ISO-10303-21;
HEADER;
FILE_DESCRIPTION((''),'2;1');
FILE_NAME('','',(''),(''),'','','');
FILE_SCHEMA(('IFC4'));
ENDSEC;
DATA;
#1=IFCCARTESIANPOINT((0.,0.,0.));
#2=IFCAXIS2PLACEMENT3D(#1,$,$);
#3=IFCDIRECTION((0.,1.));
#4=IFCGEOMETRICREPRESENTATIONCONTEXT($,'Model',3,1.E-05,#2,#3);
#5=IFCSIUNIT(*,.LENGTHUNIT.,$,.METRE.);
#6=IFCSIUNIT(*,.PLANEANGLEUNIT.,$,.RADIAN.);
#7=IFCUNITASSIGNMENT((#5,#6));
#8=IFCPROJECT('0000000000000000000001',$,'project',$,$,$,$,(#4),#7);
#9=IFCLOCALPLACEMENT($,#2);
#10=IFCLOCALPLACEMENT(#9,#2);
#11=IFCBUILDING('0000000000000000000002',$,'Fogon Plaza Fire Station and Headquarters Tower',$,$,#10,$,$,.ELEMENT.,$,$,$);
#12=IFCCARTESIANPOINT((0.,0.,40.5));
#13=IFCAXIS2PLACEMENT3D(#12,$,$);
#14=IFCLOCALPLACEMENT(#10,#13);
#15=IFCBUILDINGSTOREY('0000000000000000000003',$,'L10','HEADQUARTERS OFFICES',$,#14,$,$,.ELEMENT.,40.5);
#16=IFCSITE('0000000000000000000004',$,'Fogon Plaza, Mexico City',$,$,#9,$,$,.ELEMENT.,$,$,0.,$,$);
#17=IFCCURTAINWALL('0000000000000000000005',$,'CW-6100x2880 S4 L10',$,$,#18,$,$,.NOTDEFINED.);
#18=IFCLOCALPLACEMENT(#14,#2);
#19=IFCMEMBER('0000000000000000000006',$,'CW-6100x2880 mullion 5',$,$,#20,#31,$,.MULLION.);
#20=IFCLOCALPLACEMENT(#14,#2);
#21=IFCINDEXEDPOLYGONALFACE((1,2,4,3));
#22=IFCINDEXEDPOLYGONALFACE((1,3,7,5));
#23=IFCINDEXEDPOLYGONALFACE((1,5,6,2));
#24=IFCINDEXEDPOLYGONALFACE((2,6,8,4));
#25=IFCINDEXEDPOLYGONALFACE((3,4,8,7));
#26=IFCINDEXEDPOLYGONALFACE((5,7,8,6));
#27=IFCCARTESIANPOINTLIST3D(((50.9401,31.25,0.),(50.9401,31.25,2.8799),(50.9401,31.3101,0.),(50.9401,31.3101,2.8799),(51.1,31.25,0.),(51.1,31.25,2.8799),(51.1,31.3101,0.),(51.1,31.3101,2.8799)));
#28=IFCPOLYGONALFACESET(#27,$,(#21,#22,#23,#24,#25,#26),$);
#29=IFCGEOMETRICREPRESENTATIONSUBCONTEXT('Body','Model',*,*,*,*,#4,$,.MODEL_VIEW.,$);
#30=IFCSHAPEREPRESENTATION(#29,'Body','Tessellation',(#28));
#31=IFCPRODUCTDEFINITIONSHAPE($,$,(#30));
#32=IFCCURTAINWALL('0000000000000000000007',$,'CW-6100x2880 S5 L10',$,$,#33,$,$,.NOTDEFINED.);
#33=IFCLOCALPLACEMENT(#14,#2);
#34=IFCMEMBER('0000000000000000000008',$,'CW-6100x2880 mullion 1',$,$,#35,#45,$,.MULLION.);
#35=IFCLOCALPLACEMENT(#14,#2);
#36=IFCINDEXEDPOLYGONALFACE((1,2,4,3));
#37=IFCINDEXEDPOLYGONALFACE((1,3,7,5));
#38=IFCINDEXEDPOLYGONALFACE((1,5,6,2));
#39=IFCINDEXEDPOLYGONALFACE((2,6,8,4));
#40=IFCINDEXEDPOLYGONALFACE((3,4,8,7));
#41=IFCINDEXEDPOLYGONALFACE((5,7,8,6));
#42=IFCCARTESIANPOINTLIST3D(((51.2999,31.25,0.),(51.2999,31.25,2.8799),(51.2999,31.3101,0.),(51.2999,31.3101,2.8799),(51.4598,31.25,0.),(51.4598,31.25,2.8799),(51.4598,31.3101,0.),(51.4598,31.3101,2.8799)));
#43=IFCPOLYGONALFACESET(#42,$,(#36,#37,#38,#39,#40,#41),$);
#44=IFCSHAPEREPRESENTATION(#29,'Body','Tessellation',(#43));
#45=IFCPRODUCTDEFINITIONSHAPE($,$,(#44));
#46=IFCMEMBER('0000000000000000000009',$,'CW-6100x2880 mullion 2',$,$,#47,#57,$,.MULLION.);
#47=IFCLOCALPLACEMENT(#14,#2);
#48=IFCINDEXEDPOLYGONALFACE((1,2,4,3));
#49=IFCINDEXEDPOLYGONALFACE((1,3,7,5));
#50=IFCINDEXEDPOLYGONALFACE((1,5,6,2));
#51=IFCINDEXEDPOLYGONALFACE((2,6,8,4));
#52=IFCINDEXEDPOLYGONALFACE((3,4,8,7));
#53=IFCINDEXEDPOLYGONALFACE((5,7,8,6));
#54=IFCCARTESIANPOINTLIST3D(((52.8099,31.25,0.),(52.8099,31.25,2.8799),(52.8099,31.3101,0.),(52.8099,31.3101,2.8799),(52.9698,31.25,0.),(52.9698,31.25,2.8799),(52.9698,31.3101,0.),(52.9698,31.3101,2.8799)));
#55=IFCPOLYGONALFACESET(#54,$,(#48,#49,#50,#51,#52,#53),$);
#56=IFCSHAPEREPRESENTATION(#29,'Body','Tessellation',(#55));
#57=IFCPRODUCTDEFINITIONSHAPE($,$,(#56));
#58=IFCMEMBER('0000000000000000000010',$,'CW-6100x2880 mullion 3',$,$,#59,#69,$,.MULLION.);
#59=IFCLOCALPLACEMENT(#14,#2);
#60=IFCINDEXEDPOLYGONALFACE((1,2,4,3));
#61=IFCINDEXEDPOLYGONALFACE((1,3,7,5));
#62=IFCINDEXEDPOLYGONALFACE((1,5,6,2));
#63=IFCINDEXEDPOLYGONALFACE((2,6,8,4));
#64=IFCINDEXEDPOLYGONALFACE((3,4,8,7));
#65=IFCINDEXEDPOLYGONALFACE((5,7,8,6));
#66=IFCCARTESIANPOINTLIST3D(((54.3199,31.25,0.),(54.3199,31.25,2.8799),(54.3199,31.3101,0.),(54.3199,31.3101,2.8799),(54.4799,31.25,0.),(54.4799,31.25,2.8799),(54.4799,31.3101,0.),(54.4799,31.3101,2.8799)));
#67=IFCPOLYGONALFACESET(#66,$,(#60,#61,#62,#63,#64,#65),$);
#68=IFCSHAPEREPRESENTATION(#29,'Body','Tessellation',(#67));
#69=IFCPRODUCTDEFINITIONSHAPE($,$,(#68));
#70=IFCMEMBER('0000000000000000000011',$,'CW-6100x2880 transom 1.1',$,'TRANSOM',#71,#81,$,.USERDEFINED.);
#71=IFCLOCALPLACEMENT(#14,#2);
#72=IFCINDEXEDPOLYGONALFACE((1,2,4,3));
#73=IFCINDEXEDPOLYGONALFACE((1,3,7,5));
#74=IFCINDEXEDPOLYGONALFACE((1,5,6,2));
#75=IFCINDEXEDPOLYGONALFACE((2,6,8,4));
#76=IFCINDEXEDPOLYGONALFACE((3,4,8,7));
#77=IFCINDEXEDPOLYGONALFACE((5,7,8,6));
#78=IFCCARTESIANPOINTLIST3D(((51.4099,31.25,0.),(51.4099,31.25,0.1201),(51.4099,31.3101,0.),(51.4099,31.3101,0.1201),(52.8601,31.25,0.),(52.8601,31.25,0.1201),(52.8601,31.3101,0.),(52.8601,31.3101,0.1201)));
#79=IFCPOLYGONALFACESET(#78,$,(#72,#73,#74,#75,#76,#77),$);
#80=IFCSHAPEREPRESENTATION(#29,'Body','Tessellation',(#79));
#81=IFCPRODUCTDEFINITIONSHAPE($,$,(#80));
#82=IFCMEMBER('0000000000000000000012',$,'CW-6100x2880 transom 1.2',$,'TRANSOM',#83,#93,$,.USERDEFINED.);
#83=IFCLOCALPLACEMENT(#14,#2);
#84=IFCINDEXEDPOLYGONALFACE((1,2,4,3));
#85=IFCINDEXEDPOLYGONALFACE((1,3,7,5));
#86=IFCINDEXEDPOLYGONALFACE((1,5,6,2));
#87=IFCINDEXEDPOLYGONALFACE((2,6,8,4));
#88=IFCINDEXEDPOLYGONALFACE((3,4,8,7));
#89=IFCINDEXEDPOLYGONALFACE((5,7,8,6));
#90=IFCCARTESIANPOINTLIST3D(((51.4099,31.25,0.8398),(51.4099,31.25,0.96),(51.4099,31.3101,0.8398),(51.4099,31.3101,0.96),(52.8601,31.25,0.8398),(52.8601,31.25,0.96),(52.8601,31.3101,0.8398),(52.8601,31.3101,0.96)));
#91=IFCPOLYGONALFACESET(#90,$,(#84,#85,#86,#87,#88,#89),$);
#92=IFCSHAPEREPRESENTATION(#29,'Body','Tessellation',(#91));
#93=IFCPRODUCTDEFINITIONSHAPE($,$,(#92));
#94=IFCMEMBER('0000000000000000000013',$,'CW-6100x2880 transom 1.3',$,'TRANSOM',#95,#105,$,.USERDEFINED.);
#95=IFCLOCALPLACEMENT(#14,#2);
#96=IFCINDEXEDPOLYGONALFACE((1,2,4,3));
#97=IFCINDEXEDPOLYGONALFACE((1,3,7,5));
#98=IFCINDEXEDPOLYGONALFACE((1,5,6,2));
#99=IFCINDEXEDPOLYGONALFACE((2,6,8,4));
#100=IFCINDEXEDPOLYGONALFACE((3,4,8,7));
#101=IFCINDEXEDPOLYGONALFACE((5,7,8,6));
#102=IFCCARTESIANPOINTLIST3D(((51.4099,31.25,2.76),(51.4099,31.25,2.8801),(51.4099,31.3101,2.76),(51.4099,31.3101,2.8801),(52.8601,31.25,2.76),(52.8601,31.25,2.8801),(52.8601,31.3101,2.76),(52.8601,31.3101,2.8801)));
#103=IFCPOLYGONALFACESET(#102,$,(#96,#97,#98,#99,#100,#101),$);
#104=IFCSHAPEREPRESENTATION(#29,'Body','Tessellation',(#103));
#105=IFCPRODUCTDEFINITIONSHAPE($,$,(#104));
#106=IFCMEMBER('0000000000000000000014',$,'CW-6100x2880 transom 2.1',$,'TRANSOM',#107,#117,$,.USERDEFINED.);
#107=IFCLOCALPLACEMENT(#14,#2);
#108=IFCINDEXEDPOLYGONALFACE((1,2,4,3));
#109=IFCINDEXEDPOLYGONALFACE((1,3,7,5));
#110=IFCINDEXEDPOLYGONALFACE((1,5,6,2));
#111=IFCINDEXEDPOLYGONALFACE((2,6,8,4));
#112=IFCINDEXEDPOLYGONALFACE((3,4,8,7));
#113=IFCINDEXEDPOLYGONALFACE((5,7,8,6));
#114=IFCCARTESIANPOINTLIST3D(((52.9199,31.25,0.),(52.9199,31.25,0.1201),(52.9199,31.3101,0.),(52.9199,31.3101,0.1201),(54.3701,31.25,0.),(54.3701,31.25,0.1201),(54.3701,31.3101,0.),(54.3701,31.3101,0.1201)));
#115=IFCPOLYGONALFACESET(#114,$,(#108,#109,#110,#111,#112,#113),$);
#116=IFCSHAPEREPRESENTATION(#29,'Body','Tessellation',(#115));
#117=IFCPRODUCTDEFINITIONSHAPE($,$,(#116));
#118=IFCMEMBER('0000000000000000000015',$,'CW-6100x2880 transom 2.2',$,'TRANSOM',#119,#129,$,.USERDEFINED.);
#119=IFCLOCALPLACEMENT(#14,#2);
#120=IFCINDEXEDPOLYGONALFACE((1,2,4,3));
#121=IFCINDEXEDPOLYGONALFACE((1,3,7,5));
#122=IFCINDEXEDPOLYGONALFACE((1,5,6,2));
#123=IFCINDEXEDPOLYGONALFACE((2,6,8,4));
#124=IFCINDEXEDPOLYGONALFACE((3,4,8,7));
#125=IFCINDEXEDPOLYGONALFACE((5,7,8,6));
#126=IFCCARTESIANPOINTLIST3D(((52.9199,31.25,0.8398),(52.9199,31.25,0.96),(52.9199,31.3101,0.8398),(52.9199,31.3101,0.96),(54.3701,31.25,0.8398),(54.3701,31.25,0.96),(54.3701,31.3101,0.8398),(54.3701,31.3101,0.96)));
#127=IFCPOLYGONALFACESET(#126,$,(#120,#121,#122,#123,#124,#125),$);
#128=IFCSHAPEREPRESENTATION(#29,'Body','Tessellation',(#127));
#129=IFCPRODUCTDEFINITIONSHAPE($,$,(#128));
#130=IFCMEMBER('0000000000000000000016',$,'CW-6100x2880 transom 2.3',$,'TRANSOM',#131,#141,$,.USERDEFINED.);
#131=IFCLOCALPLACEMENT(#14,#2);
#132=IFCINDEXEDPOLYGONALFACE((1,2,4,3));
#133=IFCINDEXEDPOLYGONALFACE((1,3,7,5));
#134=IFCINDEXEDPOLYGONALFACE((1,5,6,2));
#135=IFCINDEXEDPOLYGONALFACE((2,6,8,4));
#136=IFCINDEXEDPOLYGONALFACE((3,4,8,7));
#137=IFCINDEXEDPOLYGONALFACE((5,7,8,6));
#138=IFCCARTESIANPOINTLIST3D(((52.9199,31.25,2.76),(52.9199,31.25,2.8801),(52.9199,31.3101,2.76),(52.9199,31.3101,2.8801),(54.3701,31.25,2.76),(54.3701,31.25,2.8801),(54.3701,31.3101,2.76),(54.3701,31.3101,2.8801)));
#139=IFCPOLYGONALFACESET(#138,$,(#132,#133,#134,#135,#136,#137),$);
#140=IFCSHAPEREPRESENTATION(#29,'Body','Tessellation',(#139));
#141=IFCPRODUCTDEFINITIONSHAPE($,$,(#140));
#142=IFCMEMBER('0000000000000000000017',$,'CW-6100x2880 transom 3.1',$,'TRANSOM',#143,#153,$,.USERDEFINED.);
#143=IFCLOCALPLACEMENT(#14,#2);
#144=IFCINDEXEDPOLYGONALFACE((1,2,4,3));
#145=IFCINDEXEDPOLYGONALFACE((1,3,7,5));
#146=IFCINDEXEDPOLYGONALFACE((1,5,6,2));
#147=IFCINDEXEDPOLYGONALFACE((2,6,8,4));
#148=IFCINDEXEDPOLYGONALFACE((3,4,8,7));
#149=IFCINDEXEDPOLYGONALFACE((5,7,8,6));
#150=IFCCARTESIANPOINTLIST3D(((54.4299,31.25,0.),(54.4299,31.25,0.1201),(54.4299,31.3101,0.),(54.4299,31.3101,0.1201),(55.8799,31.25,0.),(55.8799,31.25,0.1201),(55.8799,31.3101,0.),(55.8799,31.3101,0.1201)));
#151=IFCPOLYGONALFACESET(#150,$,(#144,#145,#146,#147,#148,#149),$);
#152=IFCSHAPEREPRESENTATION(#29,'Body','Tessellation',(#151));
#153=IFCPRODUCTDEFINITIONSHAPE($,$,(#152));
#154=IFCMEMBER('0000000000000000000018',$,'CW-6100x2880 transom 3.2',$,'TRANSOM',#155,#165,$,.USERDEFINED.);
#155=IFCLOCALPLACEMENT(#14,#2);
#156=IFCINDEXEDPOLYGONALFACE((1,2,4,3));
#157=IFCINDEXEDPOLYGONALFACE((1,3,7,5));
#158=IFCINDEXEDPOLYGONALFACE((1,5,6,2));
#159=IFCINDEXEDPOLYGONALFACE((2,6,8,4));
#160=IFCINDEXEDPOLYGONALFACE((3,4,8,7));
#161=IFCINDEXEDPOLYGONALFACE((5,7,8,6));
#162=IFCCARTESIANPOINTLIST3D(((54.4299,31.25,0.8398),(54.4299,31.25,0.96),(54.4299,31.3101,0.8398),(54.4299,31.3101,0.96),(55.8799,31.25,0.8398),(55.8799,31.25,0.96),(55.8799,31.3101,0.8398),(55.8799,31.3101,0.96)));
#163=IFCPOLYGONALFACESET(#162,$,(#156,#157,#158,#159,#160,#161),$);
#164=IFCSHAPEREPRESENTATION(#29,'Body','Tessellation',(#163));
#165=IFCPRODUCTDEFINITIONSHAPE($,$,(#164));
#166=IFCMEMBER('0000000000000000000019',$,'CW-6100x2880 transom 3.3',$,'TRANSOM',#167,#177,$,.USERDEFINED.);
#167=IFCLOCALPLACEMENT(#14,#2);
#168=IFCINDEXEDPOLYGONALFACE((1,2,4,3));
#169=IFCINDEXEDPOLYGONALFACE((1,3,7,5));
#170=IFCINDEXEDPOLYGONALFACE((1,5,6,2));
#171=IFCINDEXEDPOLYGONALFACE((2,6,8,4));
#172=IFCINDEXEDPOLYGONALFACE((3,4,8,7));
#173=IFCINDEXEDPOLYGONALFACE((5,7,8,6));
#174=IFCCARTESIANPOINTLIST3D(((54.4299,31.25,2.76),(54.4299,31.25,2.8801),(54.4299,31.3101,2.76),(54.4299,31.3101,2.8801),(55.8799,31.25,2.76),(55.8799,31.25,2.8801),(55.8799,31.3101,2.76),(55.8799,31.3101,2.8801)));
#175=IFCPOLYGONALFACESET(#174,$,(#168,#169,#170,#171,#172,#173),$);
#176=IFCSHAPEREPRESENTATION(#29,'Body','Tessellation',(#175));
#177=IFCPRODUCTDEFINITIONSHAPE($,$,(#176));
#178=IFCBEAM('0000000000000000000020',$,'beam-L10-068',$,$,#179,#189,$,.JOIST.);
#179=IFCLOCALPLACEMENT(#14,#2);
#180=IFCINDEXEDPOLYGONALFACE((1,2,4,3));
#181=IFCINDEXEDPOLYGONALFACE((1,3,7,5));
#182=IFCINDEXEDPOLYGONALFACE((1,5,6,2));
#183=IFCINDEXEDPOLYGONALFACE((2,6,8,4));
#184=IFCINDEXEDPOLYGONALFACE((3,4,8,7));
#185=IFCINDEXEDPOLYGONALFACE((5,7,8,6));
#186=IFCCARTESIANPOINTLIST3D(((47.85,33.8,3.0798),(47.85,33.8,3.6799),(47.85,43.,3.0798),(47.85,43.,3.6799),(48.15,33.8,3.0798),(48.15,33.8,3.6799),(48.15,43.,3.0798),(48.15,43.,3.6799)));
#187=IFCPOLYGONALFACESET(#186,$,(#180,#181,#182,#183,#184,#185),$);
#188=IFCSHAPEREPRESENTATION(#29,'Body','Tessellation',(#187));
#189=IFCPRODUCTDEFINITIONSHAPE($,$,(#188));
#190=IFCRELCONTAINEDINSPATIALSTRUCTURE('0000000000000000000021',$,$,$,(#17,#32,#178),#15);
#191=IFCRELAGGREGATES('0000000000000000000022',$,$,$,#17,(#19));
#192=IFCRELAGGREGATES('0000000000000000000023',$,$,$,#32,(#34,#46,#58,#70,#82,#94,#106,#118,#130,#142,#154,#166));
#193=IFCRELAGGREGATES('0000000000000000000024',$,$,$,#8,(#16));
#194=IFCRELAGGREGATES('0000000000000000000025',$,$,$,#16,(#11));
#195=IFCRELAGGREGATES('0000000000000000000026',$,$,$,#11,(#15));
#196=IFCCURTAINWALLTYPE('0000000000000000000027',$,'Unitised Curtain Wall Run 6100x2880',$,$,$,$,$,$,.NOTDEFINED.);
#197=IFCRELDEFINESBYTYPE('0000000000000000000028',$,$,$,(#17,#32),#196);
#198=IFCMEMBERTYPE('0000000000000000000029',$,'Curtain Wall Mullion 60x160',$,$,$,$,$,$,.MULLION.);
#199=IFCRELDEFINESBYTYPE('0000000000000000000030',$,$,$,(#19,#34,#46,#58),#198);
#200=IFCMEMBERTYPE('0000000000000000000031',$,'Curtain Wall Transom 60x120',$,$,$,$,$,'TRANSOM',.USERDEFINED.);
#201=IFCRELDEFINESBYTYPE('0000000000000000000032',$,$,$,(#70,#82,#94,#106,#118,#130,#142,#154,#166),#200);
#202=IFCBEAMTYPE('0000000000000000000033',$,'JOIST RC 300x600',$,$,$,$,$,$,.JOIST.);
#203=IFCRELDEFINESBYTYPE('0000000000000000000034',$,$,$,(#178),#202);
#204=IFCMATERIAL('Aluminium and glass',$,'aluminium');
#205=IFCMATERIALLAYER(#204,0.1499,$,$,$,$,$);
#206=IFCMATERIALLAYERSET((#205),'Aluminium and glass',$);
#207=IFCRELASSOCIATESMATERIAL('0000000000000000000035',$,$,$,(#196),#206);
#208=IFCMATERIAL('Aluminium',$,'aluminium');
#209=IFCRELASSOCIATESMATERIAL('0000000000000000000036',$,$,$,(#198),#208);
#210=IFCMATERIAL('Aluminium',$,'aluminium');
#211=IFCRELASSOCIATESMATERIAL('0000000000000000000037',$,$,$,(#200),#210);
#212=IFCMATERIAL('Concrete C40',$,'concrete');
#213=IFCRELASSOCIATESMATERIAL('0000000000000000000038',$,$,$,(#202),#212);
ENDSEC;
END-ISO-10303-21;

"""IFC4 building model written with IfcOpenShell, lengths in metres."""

from ifc_helpers import new_model, si_unit, direction, frame, origin, origin_2d, place, context, subcontext, project, spatial, rectangle, extrude, material, layer, layer_set, material_profile, profile_set, type_object, element, aggregate, save


model = new_model("IFC4")

# Units and contexts
model_context = context("Model", 3, precision=1e-05, world=origin(), true_north=direction((0.0, 1.0)))
body_context = subcontext(model_context, "Body", "Model", "MODEL_VIEW")
ifc_project = project(units=[si_unit("LENGTHUNIT", "METRE"), si_unit("PLANEANGLEUNIT", "RADIAN")], contexts=[model_context])

# Site, building, storey
site_placement = place(None, origin())
site = spatial("IfcSite", under=ifc_project, at=site_placement, Name="Fogon Plaza, Mexico City", CompositionType="ELEMENT", RefElevation=0.0)
building_placement = place(site_placement, origin())
building = spatial("IfcBuilding", under=site, at=building_placement, Name="Fogon Plaza Fire Station and Headquarters Tower", CompositionType="ELEMENT")
storey_placement = place(building_placement, frame((0.0, 0.0, 40.5)))
storey = spatial("IfcBuildingStorey", under=building, at=storey_placement, Name="L10", Description="HEADQUARTERS OFFICES", CompositionType="ELEMENT", Elevation=40.5)

# Curtain wall, member
ifc_material_1 = material(Name="Aluminium and glass", Category="aluminium")
ifc_layer_1 = layer(ifc_material_1, 0.1499)
ifc_layer_set_1 = layer_set([ifc_layer_1], Name="Aluminium and glass")
curtain_wall_type = type_object("IfcCurtainWallType", Name="Unitised Curtain Wall Run 6100x2880", PredefinedType="NOTDEFINED", material=ifc_layer_set_1)
curtain_wall_1_placement = place(storey_placement, origin())
curtain_wall_1 = element("IfcCurtainWall", 1, at=curtain_wall_1_placement, inside=storey, type_object=curtain_wall_type, Name="CW-6100x2880 S4 L10", PredefinedType="NOTDEFINED")
ifc_material_2 = material(Name="Aluminium", Category="aluminium")
ifc_material_profile_1 = material_profile(ifc_material_2, rectangle(XDim=0.0601, YDim=0.1599, at=origin_2d()), Name="Curtain Wall Mullion 60x160")
ifc_profile_set_1 = profile_set([ifc_material_profile_1], Name="Aluminium")
member_type_1 = type_object("IfcMemberType", Name="Curtain Wall Mullion 60x160", PredefinedType="MULLION", material=ifc_profile_set_1)
member_1_placement = place(storey_placement, frame((51.02, 31.28, 0.0), z_axis=(0.0, 0.0, 1.0), x_axis=(0.0, 1.0, 0.0)))
member_1 = element("IfcMember", 2, at=member_1_placement, type_object=member_type_1, Name="CW-6100x2880 mullion 5", PredefinedType="MULLION", context=body_context, shape_type="SweptSolid", body=[
    extrude(rectangle(XDim=0.0601, YDim=0.1599, at=origin_2d()), origin(), (0.0, 0.0, 1.0), 2.8799),
])

# Curtain wall, members
curtain_wall_2_placement = place(storey_placement, origin())
curtain_wall_2 = element("IfcCurtainWall", 3, at=curtain_wall_2_placement, inside=storey, type_object=curtain_wall_type, Name="CW-6100x2880 S5 L10", PredefinedType="NOTDEFINED")
member_2_placement = place(storey_placement, frame((51.3799, 31.28, 0.0), z_axis=(0.0, 0.0, 1.0), x_axis=(0.0, 1.0, 0.0)))
member_2 = element("IfcMember", 4, at=member_2_placement, type_object=member_type_1, Name="CW-6100x2880 mullion 1", PredefinedType="MULLION", context=body_context, shape_type="SweptSolid", body=[
    extrude(rectangle(XDim=0.0601, YDim=0.1599, at=origin_2d()), origin(), (0.0, 0.0, 1.0), 2.8799),
])
member_3_placement = place(storey_placement, frame((52.8899, 31.28, 0.0), z_axis=(0.0, 0.0, 1.0), x_axis=(0.0, 1.0, 0.0)))
member_3 = element("IfcMember", 5, at=member_3_placement, type_object=member_type_1, Name="CW-6100x2880 mullion 2", PredefinedType="MULLION", context=body_context, shape_type="SweptSolid", body=[
    extrude(rectangle(XDim=0.0601, YDim=0.1599, at=origin_2d()), origin(), (0.0, 0.0, 1.0), 2.8799),
])
member_4_placement = place(storey_placement, frame((54.3999, 31.28, 0.0), z_axis=(0.0, 0.0, 1.0), x_axis=(0.0, 1.0, 0.0)))
member_4 = element("IfcMember", 6, at=member_4_placement, type_object=member_type_1, Name="CW-6100x2880 mullion 3", PredefinedType="MULLION", context=body_context, shape_type="SweptSolid", body=[
    extrude(rectangle(XDim=0.0601, YDim=0.1599, at=origin_2d()), origin(), (0.0, 0.0, 1.0), 2.8799),
])
ifc_material_3 = material(Name="Aluminium", Category="aluminium")
ifc_material_profile_2 = material_profile(ifc_material_3, rectangle(XDim=0.0601, YDim=0.1201, at=origin_2d()), Name="Curtain Wall Transom 60x120")
ifc_profile_set_2 = profile_set([ifc_material_profile_2], Name="Aluminium")
member_type_2 = type_object("IfcMemberType", Name="Curtain Wall Transom 60x120", ElementType="TRANSOM", PredefinedType="USERDEFINED", material=ifc_profile_set_2)
member_5_placement = place(storey_placement, frame((51.4099, 31.28, 0.0601), z_axis=(1.0, 0.0, 0.0), x_axis=(0.0, 1.0, 0.0)))
member_5 = element("IfcMember", 7, at=member_5_placement, type_object=member_type_2, Name="CW-6100x2880 transom 1.1", ObjectType="TRANSOM", PredefinedType="USERDEFINED", context=body_context, shape_type="SweptSolid", body=[
    extrude(rectangle(XDim=0.0601, YDim=0.1201, at=origin_2d()), origin(), (0.0, 0.0, 1.0), 1.4502),
])
member_6_placement = place(storey_placement, frame((51.4099, 31.28, 0.8999), z_axis=(1.0, 0.0, 0.0), x_axis=(0.0, 1.0, 0.0)))
member_6 = element("IfcMember", 8, at=member_6_placement, type_object=member_type_2, Name="CW-6100x2880 transom 1.2", ObjectType="TRANSOM", PredefinedType="USERDEFINED", context=body_context, shape_type="SweptSolid", body=[
    extrude(rectangle(XDim=0.0601, YDim=0.1201, at=origin_2d()), origin(), (0.0, 0.0, 1.0), 1.4502),
])
member_7_placement = place(storey_placement, frame((51.4099, 31.28, 2.8201), z_axis=(1.0, 0.0, 0.0), x_axis=(0.0, 1.0, 0.0)))
member_7 = element("IfcMember", 9, at=member_7_placement, type_object=member_type_2, Name="CW-6100x2880 transom 1.3", ObjectType="TRANSOM", PredefinedType="USERDEFINED", context=body_context, shape_type="SweptSolid", body=[
    extrude(rectangle(XDim=0.0601, YDim=0.1201, at=origin_2d()), origin(), (0.0, 0.0, 1.0), 1.4502),
])
member_8_placement = place(storey_placement, frame((52.9199, 31.28, 0.0601), z_axis=(1.0, 0.0, 0.0), x_axis=(0.0, 1.0, 0.0)))
member_8 = element("IfcMember", 10, at=member_8_placement, type_object=member_type_2, Name="CW-6100x2880 transom 2.1", ObjectType="TRANSOM", PredefinedType="USERDEFINED", context=body_context, shape_type="SweptSolid", body=[
    extrude(rectangle(XDim=0.0601, YDim=0.1201, at=origin_2d()), origin(), (0.0, 0.0, 1.0), 1.4502),
])
member_9_placement = place(storey_placement, frame((52.9199, 31.28, 0.8999), z_axis=(1.0, 0.0, 0.0), x_axis=(0.0, 1.0, 0.0)))
member_9 = element("IfcMember", 11, at=member_9_placement, type_object=member_type_2, Name="CW-6100x2880 transom 2.2", ObjectType="TRANSOM", PredefinedType="USERDEFINED", context=body_context, shape_type="SweptSolid", body=[
    extrude(rectangle(XDim=0.0601, YDim=0.1201, at=origin_2d()), origin(), (0.0, 0.0, 1.0), 1.4502),
])
member_10_placement = place(storey_placement, frame((52.9199, 31.28, 2.8201), z_axis=(1.0, 0.0, 0.0), x_axis=(0.0, 1.0, 0.0)))
member_10 = element("IfcMember", 12, at=member_10_placement, type_object=member_type_2, Name="CW-6100x2880 transom 2.3", ObjectType="TRANSOM", PredefinedType="USERDEFINED", context=body_context, shape_type="SweptSolid", body=[
    extrude(rectangle(XDim=0.0601, YDim=0.1201, at=origin_2d()), origin(), (0.0, 0.0, 1.0), 1.4502),
])
member_11_placement = place(storey_placement, frame((54.4299, 31.28, 0.0601), z_axis=(1.0, 0.0, 0.0), x_axis=(0.0, 1.0, 0.0)))
member_11 = element("IfcMember", 13, at=member_11_placement, type_object=member_type_2, Name="CW-6100x2880 transom 3.1", ObjectType="TRANSOM", PredefinedType="USERDEFINED", context=body_context, shape_type="SweptSolid", body=[
    extrude(rectangle(XDim=0.0601, YDim=0.1201, at=origin_2d()), origin(), (0.0, 0.0, 1.0), 1.45),
])
member_12_placement = place(storey_placement, frame((54.4299, 31.28, 0.8999), z_axis=(1.0, 0.0, 0.0), x_axis=(0.0, 1.0, 0.0)))
member_12 = element("IfcMember", 14, at=member_12_placement, type_object=member_type_2, Name="CW-6100x2880 transom 3.2", ObjectType="TRANSOM", PredefinedType="USERDEFINED", context=body_context, shape_type="SweptSolid", body=[
    extrude(rectangle(XDim=0.0601, YDim=0.1201, at=origin_2d()), origin(), (0.0, 0.0, 1.0), 1.45),
])
member_13_placement = place(storey_placement, frame((54.4299, 31.28, 2.8201), z_axis=(1.0, 0.0, 0.0), x_axis=(0.0, 1.0, 0.0)))
member_13 = element("IfcMember", 15, at=member_13_placement, type_object=member_type_2, Name="CW-6100x2880 transom 3.3", ObjectType="TRANSOM", PredefinedType="USERDEFINED", context=body_context, shape_type="SweptSolid", body=[
    extrude(rectangle(XDim=0.0601, YDim=0.1201, at=origin_2d()), origin(), (0.0, 0.0, 1.0), 1.45),
])

# Beam
ifc_material_4 = material(Name="Concrete C40", Category="concrete")
ifc_material_profile_3 = material_profile(ifc_material_4, rectangle(XDim=0.3, YDim=0.6001, at=origin_2d()), Name="RC 300x600")
ifc_profile_set_3 = profile_set([ifc_material_profile_3], Name="Concrete C40")
beam_type_1 = type_object("IfcBeamType", Name="JOIST RC 300x600", PredefinedType="JOIST", material=ifc_profile_set_3)
for number, where, z_axis, x_axis, name in (
    (16, (48.0, 33.8, 3.3799), (0.0, 1.0, 0.0), (-1.0, 0.0, 0.0), "beam-L10-068"),
):
    element("IfcBeam", number, at=place(storey_placement, frame(where, z_axis=z_axis, x_axis=x_axis)), inside=storey, type_object=beam_type_1, Name=name, PredefinedType="JOIST", context=body_context, shape_type="SweptSolid", body=[
        extrude(rectangle(XDim=0.3, YDim=0.6001, at=origin_2d()), origin(), (0.0, 0.0, 1.0), 9.2),
    ])

aggregate(curtain_wall_1, [member_1])
aggregate(curtain_wall_2, [member_2, member_3, member_4, member_5, member_6, member_7, member_8, member_9, member_10, member_11, member_12, member_13])

save(model, "model.ifc")
